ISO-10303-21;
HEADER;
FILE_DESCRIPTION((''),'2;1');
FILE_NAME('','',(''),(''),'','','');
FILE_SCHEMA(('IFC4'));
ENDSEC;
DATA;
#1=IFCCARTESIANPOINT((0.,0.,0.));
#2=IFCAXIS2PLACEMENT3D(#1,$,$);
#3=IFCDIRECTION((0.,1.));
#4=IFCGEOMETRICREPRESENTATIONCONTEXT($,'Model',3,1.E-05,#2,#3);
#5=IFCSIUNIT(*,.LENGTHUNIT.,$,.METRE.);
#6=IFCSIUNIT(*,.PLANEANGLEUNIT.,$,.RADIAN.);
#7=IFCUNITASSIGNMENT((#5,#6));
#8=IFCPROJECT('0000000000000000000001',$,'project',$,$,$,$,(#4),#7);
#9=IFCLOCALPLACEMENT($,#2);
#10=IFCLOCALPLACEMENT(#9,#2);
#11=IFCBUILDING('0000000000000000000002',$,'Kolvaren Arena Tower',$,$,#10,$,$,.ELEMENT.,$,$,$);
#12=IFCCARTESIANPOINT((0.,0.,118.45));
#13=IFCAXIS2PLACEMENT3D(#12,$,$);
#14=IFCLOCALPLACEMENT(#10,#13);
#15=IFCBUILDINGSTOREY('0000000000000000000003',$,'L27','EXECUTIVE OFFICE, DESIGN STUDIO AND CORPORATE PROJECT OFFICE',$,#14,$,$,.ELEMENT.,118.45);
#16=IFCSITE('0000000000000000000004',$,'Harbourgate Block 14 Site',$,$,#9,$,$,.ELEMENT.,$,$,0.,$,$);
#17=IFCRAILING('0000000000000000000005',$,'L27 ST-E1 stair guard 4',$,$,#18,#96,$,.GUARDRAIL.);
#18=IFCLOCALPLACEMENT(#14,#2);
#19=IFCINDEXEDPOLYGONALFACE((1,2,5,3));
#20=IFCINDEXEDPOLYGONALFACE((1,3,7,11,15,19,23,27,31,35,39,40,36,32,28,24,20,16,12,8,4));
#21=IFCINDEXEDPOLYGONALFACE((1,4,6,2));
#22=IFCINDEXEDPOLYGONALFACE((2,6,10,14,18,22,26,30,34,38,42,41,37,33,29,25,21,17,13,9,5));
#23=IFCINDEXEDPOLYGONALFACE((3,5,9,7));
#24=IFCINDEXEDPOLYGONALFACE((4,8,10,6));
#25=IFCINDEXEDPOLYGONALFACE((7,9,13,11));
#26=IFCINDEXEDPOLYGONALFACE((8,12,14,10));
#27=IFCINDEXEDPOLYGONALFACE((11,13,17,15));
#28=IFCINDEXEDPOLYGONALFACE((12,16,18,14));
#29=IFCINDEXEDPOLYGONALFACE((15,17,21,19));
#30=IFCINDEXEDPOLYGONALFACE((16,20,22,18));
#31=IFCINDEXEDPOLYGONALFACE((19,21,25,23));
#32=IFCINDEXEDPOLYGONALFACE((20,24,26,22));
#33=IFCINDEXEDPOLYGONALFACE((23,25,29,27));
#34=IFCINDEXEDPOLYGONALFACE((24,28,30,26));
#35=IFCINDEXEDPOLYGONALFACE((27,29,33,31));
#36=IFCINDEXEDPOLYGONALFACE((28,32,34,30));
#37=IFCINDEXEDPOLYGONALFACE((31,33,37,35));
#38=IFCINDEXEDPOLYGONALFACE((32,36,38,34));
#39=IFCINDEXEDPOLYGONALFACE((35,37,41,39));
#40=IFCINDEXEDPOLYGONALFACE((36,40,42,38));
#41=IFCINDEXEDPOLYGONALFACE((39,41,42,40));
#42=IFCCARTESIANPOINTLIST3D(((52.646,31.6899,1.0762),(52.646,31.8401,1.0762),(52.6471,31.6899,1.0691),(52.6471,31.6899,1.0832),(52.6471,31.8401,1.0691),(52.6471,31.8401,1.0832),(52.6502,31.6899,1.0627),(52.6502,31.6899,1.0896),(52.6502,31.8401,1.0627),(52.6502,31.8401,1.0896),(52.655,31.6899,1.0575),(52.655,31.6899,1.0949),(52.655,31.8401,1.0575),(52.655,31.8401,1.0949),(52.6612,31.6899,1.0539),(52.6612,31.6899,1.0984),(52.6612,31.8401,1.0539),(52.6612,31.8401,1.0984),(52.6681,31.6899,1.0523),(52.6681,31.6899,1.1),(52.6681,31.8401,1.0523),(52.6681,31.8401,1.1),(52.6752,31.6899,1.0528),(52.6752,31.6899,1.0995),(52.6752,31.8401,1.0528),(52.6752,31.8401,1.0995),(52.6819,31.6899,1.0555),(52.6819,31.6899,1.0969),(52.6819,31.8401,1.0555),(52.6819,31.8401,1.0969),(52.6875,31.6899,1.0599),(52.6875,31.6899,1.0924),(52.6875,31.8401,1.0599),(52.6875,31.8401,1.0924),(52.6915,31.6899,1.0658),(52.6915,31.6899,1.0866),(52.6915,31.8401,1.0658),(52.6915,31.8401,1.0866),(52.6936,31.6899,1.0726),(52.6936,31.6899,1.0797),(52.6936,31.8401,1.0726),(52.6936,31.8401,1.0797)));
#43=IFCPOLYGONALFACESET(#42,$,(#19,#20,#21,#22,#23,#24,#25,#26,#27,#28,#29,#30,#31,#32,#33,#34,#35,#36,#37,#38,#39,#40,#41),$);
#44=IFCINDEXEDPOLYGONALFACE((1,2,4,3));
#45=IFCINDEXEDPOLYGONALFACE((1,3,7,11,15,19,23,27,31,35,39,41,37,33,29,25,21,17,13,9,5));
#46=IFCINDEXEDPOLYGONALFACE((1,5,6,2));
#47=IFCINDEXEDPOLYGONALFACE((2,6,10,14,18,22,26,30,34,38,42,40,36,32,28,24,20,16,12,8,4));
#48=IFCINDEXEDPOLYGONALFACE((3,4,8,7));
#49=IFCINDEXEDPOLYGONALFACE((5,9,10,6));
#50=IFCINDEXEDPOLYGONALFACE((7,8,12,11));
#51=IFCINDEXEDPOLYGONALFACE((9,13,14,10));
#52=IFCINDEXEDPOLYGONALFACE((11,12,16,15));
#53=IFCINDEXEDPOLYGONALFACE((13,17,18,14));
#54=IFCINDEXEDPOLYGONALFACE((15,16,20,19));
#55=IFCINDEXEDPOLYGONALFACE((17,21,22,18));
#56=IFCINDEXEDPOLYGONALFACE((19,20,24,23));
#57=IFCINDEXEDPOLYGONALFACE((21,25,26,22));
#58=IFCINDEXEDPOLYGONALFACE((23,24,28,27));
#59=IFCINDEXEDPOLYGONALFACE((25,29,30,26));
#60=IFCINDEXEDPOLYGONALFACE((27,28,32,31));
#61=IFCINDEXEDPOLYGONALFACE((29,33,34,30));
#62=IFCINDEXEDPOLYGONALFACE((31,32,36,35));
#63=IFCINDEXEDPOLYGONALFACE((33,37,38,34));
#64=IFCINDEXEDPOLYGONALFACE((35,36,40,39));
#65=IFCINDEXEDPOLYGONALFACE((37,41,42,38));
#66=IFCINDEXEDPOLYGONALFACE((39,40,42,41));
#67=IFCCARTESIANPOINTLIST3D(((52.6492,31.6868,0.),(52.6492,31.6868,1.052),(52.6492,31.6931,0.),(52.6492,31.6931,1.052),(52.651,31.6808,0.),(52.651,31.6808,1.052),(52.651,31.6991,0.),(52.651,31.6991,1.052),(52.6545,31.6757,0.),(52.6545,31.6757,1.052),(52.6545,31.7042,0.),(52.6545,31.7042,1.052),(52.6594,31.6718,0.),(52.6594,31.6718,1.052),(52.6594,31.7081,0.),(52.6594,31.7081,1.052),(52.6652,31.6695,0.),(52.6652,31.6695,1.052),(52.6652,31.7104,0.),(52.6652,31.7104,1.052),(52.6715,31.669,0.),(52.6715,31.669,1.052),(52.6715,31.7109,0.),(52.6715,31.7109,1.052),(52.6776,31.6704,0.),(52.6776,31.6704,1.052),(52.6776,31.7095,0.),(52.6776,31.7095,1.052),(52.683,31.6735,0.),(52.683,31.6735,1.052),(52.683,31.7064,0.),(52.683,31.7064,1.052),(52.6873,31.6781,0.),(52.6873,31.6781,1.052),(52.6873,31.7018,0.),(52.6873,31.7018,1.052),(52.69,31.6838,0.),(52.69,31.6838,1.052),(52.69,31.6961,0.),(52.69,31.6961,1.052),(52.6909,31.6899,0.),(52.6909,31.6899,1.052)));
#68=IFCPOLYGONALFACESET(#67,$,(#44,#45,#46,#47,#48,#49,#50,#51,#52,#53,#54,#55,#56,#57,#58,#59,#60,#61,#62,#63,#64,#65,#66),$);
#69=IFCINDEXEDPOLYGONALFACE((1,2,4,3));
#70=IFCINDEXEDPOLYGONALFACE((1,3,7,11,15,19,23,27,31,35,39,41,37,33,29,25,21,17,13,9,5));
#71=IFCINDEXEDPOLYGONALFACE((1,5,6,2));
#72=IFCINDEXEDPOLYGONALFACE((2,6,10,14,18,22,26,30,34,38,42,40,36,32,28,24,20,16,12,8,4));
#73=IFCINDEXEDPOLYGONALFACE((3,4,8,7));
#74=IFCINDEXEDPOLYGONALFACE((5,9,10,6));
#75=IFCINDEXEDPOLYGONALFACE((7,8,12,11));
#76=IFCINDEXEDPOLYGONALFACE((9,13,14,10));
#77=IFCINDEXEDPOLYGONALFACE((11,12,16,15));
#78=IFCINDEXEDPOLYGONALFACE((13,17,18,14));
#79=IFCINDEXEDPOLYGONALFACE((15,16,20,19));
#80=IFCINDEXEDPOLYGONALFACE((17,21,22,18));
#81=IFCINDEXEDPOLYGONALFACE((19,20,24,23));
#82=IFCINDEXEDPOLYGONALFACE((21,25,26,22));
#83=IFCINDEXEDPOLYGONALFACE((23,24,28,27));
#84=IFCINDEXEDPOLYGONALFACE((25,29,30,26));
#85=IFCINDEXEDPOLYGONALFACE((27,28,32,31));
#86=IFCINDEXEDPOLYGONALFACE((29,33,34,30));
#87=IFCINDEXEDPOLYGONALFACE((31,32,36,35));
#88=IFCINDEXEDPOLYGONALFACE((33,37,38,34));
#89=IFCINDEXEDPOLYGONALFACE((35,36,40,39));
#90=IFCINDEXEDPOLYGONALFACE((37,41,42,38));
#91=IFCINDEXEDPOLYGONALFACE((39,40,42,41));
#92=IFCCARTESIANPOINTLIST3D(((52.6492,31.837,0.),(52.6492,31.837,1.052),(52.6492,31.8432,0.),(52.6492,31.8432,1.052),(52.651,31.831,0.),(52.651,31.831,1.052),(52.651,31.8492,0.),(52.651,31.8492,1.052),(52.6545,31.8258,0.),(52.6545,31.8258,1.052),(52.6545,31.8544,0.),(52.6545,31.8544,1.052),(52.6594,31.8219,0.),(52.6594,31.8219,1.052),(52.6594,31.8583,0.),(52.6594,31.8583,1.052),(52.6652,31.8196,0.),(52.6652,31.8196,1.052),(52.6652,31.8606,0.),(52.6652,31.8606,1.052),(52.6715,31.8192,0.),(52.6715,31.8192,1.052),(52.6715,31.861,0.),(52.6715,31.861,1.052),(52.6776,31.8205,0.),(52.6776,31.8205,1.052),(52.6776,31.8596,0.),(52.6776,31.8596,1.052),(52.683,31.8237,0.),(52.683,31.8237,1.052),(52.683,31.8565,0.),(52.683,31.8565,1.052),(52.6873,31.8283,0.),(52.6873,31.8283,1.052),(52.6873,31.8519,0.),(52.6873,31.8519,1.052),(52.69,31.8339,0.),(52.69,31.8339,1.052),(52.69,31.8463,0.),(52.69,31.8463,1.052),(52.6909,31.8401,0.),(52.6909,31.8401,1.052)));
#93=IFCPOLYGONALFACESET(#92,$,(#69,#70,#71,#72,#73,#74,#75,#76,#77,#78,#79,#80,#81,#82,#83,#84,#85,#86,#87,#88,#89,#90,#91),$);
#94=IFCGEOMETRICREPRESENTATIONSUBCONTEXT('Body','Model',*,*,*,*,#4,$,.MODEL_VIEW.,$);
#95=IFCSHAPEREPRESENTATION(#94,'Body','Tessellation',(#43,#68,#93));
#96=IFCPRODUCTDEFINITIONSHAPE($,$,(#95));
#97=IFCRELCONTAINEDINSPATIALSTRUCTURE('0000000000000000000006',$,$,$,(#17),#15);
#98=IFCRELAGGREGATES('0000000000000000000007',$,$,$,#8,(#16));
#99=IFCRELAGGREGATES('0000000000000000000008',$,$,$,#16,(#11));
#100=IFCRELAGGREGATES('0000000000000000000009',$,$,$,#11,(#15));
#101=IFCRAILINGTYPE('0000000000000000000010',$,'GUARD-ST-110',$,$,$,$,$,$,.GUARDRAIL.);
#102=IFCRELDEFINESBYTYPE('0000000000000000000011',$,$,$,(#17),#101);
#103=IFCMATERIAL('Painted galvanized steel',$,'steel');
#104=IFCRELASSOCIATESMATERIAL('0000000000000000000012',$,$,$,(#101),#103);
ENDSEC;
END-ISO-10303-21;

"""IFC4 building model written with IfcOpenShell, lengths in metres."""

from ifc_helpers import new_model, si_unit, direction, frame, origin, origin_2d, place, context, subcontext, project, spatial, circle, extrude, material, type_object, element, save


model = new_model("IFC4")

# Units and contexts
model_context = context("Model", 3, precision=1e-05, world=origin(), true_north=direction((0.0, 1.0)))
body_context = subcontext(model_context, "Body", "Model", "MODEL_VIEW")
ifc_project = project(units=[si_unit("LENGTHUNIT", "METRE"), si_unit("PLANEANGLEUNIT", "RADIAN")], contexts=[model_context])

# Site, building, storey
site_placement = place(None, origin())
site = spatial("IfcSite", under=ifc_project, at=site_placement, Name="Harbourgate Block 14 Site", CompositionType="ELEMENT", RefElevation=0.0)
building_placement = place(site_placement, origin())
building = spatial("IfcBuilding", under=site, at=building_placement, Name="Kolvaren Arena Tower", CompositionType="ELEMENT")
storey_placement = place(building_placement, frame((0.0, 0.0, 118.45)))
storey = spatial("IfcBuildingStorey", under=building, at=storey_placement, Name="L27", Description="EXECUTIVE OFFICE, DESIGN STUDIO AND CORPORATE PROJECT OFFICE", CompositionType="ELEMENT", Elevation=118.45)

# Railing
ifc_material_1 = material(Name="Painted galvanized steel", Category="steel")
railing_type_1 = type_object("IfcRailingType", Name="GUARD-ST-110", PredefinedType="GUARDRAIL", material=ifc_material_1)
railing_1_placement = place(storey_placement, frame((52.6699, 31.6899, 0.0)))
element("IfcRailing", 1, at=railing_1_placement, inside=storey, type_object=railing_type_1, Name="L27 ST-E1 stair guard 4", PredefinedType="GUARDRAIL", context=body_context, shape_type="SweptSolid", body=[
    extrude(circle(Radius=0.0239, at=origin_2d()), frame((0.0, 0.0, 1.0762), z_axis=(0.0, 1.0, 0.0), x_axis=(-1.0, 0.0, 0.0)), (0.0, 0.0, 1.0), 0.1501),
    extrude(circle(Radius=0.021, at=origin_2d()), origin(), (0.0, 0.0, 1.0), 1.052),
    extrude(circle(Radius=0.021, at=origin_2d()), frame((0.0, 0.1501, 0.0)), (0.0, 0.0, 1.0), 1.052),
])

save(model, "model.ifc")
